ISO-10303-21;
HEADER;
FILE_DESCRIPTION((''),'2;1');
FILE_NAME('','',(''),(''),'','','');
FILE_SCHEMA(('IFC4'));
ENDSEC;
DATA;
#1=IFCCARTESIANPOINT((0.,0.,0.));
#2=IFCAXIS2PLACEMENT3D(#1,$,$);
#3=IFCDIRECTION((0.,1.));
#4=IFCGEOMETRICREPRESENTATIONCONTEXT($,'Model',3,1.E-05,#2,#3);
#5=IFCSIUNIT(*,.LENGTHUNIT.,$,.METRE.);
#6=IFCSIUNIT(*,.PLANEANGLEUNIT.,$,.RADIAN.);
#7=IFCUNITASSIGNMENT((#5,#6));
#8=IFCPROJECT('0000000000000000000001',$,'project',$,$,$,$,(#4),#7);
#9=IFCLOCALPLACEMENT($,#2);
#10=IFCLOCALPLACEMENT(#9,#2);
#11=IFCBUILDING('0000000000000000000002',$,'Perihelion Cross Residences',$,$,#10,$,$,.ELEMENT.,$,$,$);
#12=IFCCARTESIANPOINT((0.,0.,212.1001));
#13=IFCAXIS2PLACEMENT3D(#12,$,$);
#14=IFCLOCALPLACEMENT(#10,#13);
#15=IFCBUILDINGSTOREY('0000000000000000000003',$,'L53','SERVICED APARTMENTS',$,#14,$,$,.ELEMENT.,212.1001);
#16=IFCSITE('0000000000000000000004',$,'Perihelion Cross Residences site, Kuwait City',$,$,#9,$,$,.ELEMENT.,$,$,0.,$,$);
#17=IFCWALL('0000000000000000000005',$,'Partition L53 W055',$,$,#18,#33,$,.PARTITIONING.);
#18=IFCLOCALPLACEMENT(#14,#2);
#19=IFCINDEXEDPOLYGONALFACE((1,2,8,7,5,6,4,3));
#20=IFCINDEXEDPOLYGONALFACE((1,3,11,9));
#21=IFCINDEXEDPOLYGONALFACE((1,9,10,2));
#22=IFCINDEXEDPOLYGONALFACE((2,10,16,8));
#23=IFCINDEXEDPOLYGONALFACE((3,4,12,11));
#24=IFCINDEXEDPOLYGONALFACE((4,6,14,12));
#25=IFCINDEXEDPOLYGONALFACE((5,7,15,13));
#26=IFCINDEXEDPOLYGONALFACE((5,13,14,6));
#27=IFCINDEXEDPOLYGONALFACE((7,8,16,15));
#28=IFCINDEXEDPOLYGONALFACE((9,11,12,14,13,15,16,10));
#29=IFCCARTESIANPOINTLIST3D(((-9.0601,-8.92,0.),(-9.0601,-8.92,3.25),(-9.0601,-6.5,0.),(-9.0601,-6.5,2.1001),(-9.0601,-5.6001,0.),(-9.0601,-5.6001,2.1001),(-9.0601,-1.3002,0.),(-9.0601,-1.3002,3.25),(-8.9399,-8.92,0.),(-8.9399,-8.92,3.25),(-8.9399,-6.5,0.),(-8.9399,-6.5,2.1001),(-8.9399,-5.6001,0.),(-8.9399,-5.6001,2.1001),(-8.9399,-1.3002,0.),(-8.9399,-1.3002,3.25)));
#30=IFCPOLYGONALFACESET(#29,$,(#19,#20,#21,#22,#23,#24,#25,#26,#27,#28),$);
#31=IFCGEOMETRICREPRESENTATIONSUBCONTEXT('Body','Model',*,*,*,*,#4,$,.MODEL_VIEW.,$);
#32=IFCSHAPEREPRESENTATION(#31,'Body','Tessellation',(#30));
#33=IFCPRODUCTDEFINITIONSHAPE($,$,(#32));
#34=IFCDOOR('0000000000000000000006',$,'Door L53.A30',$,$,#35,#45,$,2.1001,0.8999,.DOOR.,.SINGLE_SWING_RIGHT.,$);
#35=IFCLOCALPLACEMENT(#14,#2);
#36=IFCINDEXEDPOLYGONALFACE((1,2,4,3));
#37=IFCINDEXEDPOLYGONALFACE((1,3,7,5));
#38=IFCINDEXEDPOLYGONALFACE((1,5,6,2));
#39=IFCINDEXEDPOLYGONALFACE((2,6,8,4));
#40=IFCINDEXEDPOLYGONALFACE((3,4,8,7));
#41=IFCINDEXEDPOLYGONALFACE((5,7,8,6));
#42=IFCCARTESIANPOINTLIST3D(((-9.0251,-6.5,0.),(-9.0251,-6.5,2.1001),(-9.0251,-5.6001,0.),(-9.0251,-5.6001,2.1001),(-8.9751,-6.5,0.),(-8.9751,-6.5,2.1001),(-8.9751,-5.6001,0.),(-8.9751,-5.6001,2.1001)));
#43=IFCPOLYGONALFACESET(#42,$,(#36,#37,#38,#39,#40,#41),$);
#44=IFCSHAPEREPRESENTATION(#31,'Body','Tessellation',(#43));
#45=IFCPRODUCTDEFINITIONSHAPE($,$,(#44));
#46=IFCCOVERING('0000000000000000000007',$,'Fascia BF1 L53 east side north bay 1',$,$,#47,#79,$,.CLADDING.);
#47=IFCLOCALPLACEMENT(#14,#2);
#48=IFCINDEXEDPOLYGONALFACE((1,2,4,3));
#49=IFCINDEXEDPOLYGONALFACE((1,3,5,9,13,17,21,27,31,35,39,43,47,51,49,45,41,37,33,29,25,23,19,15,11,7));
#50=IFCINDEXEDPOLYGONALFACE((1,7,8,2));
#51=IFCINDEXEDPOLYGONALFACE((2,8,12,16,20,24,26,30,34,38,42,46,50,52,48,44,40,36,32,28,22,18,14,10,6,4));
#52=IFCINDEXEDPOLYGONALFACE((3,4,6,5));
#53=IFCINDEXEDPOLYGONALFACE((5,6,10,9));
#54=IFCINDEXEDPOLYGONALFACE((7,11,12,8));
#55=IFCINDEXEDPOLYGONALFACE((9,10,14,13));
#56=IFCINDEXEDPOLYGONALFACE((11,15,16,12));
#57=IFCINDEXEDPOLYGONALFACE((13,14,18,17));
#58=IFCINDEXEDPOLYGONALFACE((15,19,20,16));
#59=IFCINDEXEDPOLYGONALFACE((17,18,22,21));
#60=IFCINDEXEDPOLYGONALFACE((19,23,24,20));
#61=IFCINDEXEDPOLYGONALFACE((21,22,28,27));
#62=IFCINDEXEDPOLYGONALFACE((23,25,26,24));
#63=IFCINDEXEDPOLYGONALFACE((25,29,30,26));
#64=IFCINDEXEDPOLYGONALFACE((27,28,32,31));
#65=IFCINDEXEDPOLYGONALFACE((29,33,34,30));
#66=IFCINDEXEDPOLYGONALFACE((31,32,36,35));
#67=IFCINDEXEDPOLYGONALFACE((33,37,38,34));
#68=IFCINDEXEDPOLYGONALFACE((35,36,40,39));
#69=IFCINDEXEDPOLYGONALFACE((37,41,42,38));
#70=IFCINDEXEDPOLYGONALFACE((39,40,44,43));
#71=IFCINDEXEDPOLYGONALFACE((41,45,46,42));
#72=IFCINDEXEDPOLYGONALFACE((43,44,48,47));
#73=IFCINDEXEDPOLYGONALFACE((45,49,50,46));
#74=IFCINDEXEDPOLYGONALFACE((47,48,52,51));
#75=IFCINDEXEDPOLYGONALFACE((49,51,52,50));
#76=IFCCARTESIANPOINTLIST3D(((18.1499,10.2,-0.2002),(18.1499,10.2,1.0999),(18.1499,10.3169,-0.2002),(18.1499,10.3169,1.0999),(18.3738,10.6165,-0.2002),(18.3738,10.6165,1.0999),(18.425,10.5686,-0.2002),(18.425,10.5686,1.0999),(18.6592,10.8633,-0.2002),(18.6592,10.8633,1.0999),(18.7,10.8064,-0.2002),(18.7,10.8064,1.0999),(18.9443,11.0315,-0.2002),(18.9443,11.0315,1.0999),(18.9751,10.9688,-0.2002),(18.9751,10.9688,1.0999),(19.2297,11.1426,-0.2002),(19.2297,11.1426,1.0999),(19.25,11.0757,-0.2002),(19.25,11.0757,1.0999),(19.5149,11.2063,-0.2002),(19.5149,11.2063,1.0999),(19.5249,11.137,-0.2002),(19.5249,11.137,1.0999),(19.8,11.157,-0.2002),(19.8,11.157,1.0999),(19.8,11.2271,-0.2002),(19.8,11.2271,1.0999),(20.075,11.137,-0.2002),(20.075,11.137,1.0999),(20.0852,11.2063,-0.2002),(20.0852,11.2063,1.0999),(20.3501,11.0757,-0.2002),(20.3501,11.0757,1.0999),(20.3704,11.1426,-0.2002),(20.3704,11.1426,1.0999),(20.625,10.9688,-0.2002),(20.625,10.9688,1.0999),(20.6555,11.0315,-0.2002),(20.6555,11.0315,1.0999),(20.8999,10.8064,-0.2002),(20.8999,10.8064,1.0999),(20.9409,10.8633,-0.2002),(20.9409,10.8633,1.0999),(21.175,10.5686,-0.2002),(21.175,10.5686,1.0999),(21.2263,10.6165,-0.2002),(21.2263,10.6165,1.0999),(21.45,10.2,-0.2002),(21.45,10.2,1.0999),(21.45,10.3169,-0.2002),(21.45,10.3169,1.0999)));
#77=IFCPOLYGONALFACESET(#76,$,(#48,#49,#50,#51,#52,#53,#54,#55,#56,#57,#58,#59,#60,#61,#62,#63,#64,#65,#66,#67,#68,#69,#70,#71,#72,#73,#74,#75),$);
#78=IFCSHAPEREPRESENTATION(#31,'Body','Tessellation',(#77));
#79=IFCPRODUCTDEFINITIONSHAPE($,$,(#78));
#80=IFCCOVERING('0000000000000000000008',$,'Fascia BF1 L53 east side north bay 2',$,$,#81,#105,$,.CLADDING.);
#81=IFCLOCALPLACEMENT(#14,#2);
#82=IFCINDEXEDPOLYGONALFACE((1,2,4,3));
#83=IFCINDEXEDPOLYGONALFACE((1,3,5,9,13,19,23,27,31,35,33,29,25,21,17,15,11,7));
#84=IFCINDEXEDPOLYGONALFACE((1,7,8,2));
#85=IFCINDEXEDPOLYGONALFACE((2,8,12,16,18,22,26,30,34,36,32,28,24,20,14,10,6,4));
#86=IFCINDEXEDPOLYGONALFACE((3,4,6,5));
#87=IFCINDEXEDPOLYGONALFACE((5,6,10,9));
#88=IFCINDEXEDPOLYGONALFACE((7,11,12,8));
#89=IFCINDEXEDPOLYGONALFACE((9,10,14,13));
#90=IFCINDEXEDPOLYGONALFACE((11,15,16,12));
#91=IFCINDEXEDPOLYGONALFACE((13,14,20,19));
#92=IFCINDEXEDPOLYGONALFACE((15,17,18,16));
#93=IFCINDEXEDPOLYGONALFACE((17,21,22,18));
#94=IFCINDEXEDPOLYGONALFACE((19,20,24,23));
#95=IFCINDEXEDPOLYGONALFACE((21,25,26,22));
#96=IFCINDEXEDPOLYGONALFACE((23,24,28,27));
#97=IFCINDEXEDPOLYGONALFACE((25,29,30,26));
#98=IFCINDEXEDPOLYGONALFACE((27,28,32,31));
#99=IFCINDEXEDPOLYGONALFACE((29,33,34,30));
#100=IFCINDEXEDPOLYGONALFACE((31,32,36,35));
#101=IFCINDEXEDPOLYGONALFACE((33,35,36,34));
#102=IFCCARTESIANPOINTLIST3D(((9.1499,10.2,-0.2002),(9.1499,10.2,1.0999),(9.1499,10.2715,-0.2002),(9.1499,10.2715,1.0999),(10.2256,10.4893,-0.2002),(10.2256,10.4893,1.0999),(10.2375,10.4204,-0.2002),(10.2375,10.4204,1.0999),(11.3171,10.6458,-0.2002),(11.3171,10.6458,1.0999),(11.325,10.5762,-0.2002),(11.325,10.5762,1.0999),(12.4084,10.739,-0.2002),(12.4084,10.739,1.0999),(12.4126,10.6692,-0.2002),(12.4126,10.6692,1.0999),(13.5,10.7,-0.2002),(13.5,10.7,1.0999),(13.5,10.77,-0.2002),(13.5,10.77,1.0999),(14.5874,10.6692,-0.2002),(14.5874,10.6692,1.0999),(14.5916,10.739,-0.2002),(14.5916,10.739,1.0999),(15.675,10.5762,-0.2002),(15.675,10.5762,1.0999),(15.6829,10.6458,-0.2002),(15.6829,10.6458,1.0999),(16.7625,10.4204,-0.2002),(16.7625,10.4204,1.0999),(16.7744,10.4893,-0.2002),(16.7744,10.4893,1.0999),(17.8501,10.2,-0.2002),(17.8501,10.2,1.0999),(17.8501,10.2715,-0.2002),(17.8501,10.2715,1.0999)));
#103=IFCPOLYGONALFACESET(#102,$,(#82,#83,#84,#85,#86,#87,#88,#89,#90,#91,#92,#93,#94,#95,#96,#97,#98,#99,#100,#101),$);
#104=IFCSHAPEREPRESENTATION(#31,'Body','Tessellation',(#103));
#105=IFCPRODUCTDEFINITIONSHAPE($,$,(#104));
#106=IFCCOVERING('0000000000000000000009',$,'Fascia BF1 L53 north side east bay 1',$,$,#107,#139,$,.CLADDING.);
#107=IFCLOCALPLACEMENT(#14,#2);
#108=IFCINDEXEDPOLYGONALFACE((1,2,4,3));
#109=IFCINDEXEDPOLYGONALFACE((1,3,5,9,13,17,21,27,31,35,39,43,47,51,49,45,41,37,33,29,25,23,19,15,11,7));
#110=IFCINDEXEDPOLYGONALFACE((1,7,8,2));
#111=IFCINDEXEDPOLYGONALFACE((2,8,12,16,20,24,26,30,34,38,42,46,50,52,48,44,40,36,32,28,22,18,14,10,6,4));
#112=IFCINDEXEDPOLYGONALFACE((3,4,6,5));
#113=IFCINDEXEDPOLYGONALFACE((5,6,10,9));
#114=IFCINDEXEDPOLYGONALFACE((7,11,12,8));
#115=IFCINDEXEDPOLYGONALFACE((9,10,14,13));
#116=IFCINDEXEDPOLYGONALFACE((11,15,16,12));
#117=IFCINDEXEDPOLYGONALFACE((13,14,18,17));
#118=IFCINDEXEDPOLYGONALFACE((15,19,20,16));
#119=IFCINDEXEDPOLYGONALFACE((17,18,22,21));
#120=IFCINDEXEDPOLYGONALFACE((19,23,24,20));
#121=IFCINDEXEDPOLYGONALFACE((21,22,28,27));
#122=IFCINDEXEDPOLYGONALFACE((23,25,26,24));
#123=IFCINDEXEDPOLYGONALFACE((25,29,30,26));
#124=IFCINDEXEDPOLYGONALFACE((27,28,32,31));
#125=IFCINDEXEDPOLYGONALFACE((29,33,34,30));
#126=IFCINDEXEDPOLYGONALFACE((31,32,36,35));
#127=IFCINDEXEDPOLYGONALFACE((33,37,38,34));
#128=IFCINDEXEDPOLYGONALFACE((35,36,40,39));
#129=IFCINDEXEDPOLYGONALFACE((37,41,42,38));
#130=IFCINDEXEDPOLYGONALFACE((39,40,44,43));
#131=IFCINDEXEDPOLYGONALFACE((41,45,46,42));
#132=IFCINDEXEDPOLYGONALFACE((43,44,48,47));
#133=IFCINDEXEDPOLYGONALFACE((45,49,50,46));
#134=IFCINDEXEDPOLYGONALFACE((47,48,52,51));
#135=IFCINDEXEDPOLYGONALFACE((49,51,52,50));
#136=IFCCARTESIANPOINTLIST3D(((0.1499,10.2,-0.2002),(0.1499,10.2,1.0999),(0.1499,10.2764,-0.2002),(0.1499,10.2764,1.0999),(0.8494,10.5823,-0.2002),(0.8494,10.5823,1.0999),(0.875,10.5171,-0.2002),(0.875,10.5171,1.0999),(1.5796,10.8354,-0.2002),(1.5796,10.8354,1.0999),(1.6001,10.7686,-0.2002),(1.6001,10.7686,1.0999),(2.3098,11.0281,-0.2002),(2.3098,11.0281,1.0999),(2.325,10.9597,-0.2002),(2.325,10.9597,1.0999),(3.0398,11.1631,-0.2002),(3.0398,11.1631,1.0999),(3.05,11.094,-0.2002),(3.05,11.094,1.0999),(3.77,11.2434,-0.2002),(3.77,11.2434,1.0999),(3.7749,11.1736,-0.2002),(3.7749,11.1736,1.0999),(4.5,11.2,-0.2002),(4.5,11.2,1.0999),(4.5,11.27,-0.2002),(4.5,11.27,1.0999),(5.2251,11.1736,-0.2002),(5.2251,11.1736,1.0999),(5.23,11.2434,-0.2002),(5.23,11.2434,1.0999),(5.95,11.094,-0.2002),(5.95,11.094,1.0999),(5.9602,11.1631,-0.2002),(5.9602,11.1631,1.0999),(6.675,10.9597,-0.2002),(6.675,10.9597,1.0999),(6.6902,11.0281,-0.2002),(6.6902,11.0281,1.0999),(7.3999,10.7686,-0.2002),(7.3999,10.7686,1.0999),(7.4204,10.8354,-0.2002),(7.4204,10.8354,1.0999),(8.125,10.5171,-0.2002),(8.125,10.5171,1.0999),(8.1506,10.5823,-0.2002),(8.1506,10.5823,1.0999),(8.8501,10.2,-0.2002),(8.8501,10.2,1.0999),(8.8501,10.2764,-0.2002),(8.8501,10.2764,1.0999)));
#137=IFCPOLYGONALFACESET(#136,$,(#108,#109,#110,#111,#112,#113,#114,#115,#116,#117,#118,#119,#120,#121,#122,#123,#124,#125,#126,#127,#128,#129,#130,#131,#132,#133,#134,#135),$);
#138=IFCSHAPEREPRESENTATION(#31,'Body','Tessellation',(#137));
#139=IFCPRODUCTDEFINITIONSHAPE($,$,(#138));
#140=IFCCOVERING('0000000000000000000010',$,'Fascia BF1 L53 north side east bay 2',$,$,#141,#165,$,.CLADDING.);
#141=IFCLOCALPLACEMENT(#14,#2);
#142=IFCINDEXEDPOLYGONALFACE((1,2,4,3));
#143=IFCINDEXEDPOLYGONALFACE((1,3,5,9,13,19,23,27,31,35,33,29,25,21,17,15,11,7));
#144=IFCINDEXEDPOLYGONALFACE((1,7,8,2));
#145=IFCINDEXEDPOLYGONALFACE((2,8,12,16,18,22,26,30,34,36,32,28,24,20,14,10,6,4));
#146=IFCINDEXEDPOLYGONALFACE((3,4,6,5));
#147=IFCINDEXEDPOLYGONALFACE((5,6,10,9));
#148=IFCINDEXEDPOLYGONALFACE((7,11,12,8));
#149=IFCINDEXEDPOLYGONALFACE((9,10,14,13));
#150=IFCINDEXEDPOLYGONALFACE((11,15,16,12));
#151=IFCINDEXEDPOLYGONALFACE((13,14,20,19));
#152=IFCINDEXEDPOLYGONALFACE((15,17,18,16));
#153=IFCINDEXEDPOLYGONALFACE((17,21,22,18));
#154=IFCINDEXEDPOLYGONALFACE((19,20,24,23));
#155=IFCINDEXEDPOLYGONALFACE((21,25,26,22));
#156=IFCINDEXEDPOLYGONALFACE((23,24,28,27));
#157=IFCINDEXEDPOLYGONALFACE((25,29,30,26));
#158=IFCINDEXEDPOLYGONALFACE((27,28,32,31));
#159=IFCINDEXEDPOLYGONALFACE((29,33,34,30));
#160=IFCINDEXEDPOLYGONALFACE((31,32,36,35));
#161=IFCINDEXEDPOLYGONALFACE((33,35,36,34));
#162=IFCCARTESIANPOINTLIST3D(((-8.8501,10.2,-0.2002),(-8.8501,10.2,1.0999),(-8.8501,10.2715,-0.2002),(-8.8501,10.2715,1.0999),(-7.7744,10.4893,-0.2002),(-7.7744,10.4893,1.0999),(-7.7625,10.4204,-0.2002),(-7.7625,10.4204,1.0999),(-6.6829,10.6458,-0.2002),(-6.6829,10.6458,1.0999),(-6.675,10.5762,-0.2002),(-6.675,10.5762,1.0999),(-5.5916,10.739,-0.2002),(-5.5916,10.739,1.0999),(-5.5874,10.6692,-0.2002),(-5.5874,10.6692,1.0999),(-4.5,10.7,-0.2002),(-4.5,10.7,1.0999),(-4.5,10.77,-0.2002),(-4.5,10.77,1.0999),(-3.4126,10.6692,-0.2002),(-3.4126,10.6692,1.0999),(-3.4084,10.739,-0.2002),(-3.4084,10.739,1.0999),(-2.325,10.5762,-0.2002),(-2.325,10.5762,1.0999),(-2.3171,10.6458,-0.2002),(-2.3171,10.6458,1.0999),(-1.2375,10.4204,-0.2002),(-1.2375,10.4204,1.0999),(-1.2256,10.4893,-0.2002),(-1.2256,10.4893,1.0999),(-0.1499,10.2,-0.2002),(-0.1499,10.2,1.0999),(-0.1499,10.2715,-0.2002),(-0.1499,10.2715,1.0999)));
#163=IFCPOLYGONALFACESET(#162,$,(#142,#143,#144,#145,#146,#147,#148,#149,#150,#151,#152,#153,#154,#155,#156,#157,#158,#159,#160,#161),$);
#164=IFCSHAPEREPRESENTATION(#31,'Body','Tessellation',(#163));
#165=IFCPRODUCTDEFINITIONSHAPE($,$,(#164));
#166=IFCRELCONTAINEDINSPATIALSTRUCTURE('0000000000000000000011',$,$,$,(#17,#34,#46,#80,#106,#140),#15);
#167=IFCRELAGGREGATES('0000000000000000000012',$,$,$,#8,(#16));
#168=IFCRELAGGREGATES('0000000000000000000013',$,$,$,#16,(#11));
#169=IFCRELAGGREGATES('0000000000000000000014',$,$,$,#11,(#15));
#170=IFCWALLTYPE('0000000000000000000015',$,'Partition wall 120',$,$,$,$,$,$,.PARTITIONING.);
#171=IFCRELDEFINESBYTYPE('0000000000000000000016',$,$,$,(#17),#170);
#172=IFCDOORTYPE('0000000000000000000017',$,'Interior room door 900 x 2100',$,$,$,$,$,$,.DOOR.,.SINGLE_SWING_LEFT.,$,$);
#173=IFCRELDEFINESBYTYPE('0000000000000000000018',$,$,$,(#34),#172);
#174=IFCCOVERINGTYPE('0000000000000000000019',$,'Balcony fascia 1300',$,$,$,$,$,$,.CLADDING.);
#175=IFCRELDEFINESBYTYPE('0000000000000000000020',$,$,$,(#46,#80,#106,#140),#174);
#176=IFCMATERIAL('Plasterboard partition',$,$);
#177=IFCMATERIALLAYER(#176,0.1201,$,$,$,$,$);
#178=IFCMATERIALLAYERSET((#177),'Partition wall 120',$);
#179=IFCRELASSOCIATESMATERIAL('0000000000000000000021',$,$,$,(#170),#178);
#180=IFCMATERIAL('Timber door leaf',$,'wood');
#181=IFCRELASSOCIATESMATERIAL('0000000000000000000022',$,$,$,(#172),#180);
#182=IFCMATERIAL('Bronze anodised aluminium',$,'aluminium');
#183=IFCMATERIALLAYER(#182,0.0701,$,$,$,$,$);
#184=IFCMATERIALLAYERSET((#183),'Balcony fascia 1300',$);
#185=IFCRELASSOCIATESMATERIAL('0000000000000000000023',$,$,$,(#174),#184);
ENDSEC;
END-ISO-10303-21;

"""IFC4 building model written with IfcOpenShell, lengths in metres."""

from ifc_helpers import new_model, si_unit, direction, frame, frame_2d, origin, place, context, subcontext, project, spatial, polyline, rectangle, outline, extrude, material, layer, layer_set, type_object, element, fill, save


model = new_model("IFC4")

# Units and contexts
model_context = context("Model", 3, precision=1e-05, world=origin(), true_north=direction((0.0, 1.0)))
body_context = subcontext(model_context, "Body", "Model", "MODEL_VIEW")
ifc_project = project(units=[si_unit("LENGTHUNIT", "METRE"), si_unit("PLANEANGLEUNIT", "RADIAN")], contexts=[model_context])

# Site, building, storey
site_placement = place(None, origin())
site = spatial("IfcSite", under=ifc_project, at=site_placement, Name="Perihelion Cross Residences site, Kuwait City", CompositionType="ELEMENT", RefElevation=0.0)
building_placement = place(site_placement, origin())
building = spatial("IfcBuilding", under=site, at=building_placement, Name="Perihelion Cross Residences", CompositionType="ELEMENT")
storey_placement = place(building_placement, frame((0.0, 0.0, 212.1001)))
storey = spatial("IfcBuildingStorey", under=building, at=storey_placement, Name="L53", Description="SERVICED APARTMENTS", CompositionType="ELEMENT", Elevation=212.1001)

# Wall, opening, door
ifc_material_1 = material(Name="Plasterboard partition")
ifc_layer_1 = layer(ifc_material_1, 0.1201)
ifc_layer_set_1 = layer_set([ifc_layer_1], Name="Partition wall 120")
wall_type_1 = type_object("IfcWallType", Name="Partition wall 120", PredefinedType="PARTITIONING", material=ifc_layer_set_1)
wall_1_placement = place(storey_placement, frame((-9.0, -1.3, 0.0), z_axis=(0.0, 0.0, 1.0), x_axis=(0.0, -1.0, 0.0)))
wall_1 = element("IfcWall", 1, at=wall_1_placement, inside=storey, type_object=wall_type_1, Name="Partition L53 W055", PredefinedType="PARTITIONING", context=body_context, shape_type="SweptSolid", body=[
    extrude(rectangle(XDim=7.6199, YDim=0.1201, at=frame_2d((3.8101, 0.0))), origin(), (0.0, 0.0, 1.0), 3.25),
])
opening_1_placement = place(wall_1_placement, frame((4.3, 0.0, 0.0)))
opening_1 = element("IfcOpeningElement", 2, at=opening_1_placement, cuts=wall_1, PredefinedType="OPENING", context=body_context, shape_type="SweptSolid", body=[
    extrude(rectangle(XDim=0.8999, YDim=2.1001, at=frame_2d((0.45, 1.05))), frame((0.0, 0.0701, 0.0), z_axis=(0.0, -1.0, 0.0), x_axis=(1.0, 0.0, 0.0)), (0.0, 0.0, 1.0), 0.1401),
])
ifc_material_2 = material(Name="Timber door leaf", Category="wood")
door_type_1 = type_object("IfcDoorType", Name="Interior room door 900 x 2100", OperationType="SINGLE_SWING_LEFT", PredefinedType="DOOR", material=ifc_material_2)
door_1_placement = place(opening_1_placement, origin())
door_1 = element("IfcDoor", 3, at=door_1_placement, inside=storey, type_object=door_type_1, Name="Door L53.A30", OperationType="SINGLE_SWING_RIGHT", OverallHeight=2.1001, OverallWidth=0.8999, PredefinedType="DOOR", context=body_context, shape_type="SweptSolid", body=[
    extrude(rectangle(XDim=0.8999, YDim=2.1001, at=frame_2d((0.45, 1.05))), frame((0.0, 0.0249, 0.0), z_axis=(0.0, -1.0, 0.0), x_axis=(1.0, 0.0, 0.0)), (0.0, 0.0, 1.0), 0.05),
])
fill(opening_1, door_1)

# Coverings
ifc_material_3 = material(Name="Bronze anodised aluminium", Category="aluminium")
ifc_layer_2 = layer(ifc_material_3, 0.0701)
ifc_layer_set_2 = layer_set([ifc_layer_2], Name="Balcony fascia 1300")
covering_type = type_object("IfcCoveringType", Name="Balcony fascia 1300", PredefinedType="CLADDING", material=ifc_layer_set_2)
covering_1_placement = place(storey_placement, frame((0.0, 0.0, -0.2002)))
element("IfcCovering", 4, at=covering_1_placement, inside=storey, type_object=covering_type, Name="Fascia BF1 L53 east side north bay 1", PredefinedType="CLADDING", context=body_context, shape_type="SweptSolid", body=[
    extrude(outline(polyline([(21.2263, 10.6165), (20.9409, 10.8633), (20.6555, 11.0315), (20.3704, 11.1426), (20.0852, 11.2063), (19.8, 11.2271), (19.5149, 11.2063), (19.2297, 11.1426), (18.9443, 11.0315), (18.6592, 10.8633), (18.3738, 10.6165), (18.1499, 10.3169), (18.1499, 10.2), (18.425, 10.5686), (18.7, 10.8064), (18.9751, 10.9688), (19.25, 11.0757), (19.5249, 11.137), (19.8, 11.157), (20.075, 11.137), (20.3501, 11.0757), (20.625, 10.9688), (20.8999, 10.8064), (21.175, 10.5686), (21.45, 10.2), (21.45, 10.3169), (21.2263, 10.6165)])), origin(), (0.0, 0.0, 1.0), 1.3),
])
covering_2_placement = place(storey_placement, frame((0.0, 0.0, -0.2002)))
element("IfcCovering", 5, at=covering_2_placement, inside=storey, type_object=covering_type, Name="Fascia BF1 L53 east side north bay 2", PredefinedType="CLADDING", context=body_context, shape_type="SweptSolid", body=[
    extrude(outline(polyline([(16.7744, 10.4893), (15.6829, 10.6458), (14.5916, 10.739), (13.5, 10.77), (12.4084, 10.739), (11.3171, 10.6458), (10.2256, 10.4893), (9.1499, 10.2715), (9.1499, 10.2), (10.2375, 10.4204), (11.325, 10.5762), (12.4126, 10.6692), (13.5, 10.7), (14.5874, 10.6692), (15.675, 10.5762), (16.7625, 10.4204), (17.8501, 10.2), (17.8501, 10.2715), (16.7744, 10.4893)])), origin(), (0.0, 0.0, 1.0), 1.3),
])
covering_3_placement = place(storey_placement, frame((0.0, 0.0, -0.2002)))
element("IfcCovering", 6, at=covering_3_placement, inside=storey, type_object=covering_type, Name="Fascia BF1 L53 north side east bay 1", PredefinedType="CLADDING", context=body_context, shape_type="SweptSolid", body=[
    extrude(outline(polyline([(8.1506, 10.5823), (7.4204, 10.8354), (6.6902, 11.0281), (5.9602, 11.1631), (5.23, 11.2434), (4.5, 11.27), (3.77, 11.2434), (3.0398, 11.1631), (2.3098, 11.0281), (1.5796, 10.8354), (0.8494, 10.5823), (0.1499, 10.2764), (0.1499, 10.2), (0.875, 10.5171), (1.6001, 10.7686), (2.325, 10.9597), (3.05, 11.094), (3.7749, 11.1736), (4.5, 11.2), (5.2251, 11.1736), (5.95, 11.094), (6.675, 10.9597), (7.3999, 10.7686), (8.125, 10.5171), (8.8501, 10.2), (8.8501, 10.2764), (8.1506, 10.5823)])), origin(), (0.0, 0.0, 1.0), 1.3),
])
covering_4_placement = place(storey_placement, frame((0.0, 0.0, -0.2002)))
element("IfcCovering", 7, at=covering_4_placement, inside=storey, type_object=covering_type, Name="Fascia BF1 L53 north side east bay 2", PredefinedType="CLADDING", context=body_context, shape_type="SweptSolid", body=[
    extrude(outline(polyline([(-1.2256, 10.4893), (-2.3171, 10.6458), (-3.4084, 10.739), (-4.5, 10.77), (-5.5916, 10.739), (-6.6829, 10.6458), (-7.7744, 10.4893), (-8.8501, 10.2715), (-8.8501, 10.2), (-7.7625, 10.4204), (-6.675, 10.5762), (-5.5874, 10.6692), (-4.5, 10.7), (-3.4126, 10.6692), (-2.325, 10.5762), (-1.2375, 10.4204), (-0.1499, 10.2), (-0.1499, 10.2715), (-1.2256, 10.4893)])), origin(), (0.0, 0.0, 1.0), 1.3),
])

save(model, "model.ifc")
